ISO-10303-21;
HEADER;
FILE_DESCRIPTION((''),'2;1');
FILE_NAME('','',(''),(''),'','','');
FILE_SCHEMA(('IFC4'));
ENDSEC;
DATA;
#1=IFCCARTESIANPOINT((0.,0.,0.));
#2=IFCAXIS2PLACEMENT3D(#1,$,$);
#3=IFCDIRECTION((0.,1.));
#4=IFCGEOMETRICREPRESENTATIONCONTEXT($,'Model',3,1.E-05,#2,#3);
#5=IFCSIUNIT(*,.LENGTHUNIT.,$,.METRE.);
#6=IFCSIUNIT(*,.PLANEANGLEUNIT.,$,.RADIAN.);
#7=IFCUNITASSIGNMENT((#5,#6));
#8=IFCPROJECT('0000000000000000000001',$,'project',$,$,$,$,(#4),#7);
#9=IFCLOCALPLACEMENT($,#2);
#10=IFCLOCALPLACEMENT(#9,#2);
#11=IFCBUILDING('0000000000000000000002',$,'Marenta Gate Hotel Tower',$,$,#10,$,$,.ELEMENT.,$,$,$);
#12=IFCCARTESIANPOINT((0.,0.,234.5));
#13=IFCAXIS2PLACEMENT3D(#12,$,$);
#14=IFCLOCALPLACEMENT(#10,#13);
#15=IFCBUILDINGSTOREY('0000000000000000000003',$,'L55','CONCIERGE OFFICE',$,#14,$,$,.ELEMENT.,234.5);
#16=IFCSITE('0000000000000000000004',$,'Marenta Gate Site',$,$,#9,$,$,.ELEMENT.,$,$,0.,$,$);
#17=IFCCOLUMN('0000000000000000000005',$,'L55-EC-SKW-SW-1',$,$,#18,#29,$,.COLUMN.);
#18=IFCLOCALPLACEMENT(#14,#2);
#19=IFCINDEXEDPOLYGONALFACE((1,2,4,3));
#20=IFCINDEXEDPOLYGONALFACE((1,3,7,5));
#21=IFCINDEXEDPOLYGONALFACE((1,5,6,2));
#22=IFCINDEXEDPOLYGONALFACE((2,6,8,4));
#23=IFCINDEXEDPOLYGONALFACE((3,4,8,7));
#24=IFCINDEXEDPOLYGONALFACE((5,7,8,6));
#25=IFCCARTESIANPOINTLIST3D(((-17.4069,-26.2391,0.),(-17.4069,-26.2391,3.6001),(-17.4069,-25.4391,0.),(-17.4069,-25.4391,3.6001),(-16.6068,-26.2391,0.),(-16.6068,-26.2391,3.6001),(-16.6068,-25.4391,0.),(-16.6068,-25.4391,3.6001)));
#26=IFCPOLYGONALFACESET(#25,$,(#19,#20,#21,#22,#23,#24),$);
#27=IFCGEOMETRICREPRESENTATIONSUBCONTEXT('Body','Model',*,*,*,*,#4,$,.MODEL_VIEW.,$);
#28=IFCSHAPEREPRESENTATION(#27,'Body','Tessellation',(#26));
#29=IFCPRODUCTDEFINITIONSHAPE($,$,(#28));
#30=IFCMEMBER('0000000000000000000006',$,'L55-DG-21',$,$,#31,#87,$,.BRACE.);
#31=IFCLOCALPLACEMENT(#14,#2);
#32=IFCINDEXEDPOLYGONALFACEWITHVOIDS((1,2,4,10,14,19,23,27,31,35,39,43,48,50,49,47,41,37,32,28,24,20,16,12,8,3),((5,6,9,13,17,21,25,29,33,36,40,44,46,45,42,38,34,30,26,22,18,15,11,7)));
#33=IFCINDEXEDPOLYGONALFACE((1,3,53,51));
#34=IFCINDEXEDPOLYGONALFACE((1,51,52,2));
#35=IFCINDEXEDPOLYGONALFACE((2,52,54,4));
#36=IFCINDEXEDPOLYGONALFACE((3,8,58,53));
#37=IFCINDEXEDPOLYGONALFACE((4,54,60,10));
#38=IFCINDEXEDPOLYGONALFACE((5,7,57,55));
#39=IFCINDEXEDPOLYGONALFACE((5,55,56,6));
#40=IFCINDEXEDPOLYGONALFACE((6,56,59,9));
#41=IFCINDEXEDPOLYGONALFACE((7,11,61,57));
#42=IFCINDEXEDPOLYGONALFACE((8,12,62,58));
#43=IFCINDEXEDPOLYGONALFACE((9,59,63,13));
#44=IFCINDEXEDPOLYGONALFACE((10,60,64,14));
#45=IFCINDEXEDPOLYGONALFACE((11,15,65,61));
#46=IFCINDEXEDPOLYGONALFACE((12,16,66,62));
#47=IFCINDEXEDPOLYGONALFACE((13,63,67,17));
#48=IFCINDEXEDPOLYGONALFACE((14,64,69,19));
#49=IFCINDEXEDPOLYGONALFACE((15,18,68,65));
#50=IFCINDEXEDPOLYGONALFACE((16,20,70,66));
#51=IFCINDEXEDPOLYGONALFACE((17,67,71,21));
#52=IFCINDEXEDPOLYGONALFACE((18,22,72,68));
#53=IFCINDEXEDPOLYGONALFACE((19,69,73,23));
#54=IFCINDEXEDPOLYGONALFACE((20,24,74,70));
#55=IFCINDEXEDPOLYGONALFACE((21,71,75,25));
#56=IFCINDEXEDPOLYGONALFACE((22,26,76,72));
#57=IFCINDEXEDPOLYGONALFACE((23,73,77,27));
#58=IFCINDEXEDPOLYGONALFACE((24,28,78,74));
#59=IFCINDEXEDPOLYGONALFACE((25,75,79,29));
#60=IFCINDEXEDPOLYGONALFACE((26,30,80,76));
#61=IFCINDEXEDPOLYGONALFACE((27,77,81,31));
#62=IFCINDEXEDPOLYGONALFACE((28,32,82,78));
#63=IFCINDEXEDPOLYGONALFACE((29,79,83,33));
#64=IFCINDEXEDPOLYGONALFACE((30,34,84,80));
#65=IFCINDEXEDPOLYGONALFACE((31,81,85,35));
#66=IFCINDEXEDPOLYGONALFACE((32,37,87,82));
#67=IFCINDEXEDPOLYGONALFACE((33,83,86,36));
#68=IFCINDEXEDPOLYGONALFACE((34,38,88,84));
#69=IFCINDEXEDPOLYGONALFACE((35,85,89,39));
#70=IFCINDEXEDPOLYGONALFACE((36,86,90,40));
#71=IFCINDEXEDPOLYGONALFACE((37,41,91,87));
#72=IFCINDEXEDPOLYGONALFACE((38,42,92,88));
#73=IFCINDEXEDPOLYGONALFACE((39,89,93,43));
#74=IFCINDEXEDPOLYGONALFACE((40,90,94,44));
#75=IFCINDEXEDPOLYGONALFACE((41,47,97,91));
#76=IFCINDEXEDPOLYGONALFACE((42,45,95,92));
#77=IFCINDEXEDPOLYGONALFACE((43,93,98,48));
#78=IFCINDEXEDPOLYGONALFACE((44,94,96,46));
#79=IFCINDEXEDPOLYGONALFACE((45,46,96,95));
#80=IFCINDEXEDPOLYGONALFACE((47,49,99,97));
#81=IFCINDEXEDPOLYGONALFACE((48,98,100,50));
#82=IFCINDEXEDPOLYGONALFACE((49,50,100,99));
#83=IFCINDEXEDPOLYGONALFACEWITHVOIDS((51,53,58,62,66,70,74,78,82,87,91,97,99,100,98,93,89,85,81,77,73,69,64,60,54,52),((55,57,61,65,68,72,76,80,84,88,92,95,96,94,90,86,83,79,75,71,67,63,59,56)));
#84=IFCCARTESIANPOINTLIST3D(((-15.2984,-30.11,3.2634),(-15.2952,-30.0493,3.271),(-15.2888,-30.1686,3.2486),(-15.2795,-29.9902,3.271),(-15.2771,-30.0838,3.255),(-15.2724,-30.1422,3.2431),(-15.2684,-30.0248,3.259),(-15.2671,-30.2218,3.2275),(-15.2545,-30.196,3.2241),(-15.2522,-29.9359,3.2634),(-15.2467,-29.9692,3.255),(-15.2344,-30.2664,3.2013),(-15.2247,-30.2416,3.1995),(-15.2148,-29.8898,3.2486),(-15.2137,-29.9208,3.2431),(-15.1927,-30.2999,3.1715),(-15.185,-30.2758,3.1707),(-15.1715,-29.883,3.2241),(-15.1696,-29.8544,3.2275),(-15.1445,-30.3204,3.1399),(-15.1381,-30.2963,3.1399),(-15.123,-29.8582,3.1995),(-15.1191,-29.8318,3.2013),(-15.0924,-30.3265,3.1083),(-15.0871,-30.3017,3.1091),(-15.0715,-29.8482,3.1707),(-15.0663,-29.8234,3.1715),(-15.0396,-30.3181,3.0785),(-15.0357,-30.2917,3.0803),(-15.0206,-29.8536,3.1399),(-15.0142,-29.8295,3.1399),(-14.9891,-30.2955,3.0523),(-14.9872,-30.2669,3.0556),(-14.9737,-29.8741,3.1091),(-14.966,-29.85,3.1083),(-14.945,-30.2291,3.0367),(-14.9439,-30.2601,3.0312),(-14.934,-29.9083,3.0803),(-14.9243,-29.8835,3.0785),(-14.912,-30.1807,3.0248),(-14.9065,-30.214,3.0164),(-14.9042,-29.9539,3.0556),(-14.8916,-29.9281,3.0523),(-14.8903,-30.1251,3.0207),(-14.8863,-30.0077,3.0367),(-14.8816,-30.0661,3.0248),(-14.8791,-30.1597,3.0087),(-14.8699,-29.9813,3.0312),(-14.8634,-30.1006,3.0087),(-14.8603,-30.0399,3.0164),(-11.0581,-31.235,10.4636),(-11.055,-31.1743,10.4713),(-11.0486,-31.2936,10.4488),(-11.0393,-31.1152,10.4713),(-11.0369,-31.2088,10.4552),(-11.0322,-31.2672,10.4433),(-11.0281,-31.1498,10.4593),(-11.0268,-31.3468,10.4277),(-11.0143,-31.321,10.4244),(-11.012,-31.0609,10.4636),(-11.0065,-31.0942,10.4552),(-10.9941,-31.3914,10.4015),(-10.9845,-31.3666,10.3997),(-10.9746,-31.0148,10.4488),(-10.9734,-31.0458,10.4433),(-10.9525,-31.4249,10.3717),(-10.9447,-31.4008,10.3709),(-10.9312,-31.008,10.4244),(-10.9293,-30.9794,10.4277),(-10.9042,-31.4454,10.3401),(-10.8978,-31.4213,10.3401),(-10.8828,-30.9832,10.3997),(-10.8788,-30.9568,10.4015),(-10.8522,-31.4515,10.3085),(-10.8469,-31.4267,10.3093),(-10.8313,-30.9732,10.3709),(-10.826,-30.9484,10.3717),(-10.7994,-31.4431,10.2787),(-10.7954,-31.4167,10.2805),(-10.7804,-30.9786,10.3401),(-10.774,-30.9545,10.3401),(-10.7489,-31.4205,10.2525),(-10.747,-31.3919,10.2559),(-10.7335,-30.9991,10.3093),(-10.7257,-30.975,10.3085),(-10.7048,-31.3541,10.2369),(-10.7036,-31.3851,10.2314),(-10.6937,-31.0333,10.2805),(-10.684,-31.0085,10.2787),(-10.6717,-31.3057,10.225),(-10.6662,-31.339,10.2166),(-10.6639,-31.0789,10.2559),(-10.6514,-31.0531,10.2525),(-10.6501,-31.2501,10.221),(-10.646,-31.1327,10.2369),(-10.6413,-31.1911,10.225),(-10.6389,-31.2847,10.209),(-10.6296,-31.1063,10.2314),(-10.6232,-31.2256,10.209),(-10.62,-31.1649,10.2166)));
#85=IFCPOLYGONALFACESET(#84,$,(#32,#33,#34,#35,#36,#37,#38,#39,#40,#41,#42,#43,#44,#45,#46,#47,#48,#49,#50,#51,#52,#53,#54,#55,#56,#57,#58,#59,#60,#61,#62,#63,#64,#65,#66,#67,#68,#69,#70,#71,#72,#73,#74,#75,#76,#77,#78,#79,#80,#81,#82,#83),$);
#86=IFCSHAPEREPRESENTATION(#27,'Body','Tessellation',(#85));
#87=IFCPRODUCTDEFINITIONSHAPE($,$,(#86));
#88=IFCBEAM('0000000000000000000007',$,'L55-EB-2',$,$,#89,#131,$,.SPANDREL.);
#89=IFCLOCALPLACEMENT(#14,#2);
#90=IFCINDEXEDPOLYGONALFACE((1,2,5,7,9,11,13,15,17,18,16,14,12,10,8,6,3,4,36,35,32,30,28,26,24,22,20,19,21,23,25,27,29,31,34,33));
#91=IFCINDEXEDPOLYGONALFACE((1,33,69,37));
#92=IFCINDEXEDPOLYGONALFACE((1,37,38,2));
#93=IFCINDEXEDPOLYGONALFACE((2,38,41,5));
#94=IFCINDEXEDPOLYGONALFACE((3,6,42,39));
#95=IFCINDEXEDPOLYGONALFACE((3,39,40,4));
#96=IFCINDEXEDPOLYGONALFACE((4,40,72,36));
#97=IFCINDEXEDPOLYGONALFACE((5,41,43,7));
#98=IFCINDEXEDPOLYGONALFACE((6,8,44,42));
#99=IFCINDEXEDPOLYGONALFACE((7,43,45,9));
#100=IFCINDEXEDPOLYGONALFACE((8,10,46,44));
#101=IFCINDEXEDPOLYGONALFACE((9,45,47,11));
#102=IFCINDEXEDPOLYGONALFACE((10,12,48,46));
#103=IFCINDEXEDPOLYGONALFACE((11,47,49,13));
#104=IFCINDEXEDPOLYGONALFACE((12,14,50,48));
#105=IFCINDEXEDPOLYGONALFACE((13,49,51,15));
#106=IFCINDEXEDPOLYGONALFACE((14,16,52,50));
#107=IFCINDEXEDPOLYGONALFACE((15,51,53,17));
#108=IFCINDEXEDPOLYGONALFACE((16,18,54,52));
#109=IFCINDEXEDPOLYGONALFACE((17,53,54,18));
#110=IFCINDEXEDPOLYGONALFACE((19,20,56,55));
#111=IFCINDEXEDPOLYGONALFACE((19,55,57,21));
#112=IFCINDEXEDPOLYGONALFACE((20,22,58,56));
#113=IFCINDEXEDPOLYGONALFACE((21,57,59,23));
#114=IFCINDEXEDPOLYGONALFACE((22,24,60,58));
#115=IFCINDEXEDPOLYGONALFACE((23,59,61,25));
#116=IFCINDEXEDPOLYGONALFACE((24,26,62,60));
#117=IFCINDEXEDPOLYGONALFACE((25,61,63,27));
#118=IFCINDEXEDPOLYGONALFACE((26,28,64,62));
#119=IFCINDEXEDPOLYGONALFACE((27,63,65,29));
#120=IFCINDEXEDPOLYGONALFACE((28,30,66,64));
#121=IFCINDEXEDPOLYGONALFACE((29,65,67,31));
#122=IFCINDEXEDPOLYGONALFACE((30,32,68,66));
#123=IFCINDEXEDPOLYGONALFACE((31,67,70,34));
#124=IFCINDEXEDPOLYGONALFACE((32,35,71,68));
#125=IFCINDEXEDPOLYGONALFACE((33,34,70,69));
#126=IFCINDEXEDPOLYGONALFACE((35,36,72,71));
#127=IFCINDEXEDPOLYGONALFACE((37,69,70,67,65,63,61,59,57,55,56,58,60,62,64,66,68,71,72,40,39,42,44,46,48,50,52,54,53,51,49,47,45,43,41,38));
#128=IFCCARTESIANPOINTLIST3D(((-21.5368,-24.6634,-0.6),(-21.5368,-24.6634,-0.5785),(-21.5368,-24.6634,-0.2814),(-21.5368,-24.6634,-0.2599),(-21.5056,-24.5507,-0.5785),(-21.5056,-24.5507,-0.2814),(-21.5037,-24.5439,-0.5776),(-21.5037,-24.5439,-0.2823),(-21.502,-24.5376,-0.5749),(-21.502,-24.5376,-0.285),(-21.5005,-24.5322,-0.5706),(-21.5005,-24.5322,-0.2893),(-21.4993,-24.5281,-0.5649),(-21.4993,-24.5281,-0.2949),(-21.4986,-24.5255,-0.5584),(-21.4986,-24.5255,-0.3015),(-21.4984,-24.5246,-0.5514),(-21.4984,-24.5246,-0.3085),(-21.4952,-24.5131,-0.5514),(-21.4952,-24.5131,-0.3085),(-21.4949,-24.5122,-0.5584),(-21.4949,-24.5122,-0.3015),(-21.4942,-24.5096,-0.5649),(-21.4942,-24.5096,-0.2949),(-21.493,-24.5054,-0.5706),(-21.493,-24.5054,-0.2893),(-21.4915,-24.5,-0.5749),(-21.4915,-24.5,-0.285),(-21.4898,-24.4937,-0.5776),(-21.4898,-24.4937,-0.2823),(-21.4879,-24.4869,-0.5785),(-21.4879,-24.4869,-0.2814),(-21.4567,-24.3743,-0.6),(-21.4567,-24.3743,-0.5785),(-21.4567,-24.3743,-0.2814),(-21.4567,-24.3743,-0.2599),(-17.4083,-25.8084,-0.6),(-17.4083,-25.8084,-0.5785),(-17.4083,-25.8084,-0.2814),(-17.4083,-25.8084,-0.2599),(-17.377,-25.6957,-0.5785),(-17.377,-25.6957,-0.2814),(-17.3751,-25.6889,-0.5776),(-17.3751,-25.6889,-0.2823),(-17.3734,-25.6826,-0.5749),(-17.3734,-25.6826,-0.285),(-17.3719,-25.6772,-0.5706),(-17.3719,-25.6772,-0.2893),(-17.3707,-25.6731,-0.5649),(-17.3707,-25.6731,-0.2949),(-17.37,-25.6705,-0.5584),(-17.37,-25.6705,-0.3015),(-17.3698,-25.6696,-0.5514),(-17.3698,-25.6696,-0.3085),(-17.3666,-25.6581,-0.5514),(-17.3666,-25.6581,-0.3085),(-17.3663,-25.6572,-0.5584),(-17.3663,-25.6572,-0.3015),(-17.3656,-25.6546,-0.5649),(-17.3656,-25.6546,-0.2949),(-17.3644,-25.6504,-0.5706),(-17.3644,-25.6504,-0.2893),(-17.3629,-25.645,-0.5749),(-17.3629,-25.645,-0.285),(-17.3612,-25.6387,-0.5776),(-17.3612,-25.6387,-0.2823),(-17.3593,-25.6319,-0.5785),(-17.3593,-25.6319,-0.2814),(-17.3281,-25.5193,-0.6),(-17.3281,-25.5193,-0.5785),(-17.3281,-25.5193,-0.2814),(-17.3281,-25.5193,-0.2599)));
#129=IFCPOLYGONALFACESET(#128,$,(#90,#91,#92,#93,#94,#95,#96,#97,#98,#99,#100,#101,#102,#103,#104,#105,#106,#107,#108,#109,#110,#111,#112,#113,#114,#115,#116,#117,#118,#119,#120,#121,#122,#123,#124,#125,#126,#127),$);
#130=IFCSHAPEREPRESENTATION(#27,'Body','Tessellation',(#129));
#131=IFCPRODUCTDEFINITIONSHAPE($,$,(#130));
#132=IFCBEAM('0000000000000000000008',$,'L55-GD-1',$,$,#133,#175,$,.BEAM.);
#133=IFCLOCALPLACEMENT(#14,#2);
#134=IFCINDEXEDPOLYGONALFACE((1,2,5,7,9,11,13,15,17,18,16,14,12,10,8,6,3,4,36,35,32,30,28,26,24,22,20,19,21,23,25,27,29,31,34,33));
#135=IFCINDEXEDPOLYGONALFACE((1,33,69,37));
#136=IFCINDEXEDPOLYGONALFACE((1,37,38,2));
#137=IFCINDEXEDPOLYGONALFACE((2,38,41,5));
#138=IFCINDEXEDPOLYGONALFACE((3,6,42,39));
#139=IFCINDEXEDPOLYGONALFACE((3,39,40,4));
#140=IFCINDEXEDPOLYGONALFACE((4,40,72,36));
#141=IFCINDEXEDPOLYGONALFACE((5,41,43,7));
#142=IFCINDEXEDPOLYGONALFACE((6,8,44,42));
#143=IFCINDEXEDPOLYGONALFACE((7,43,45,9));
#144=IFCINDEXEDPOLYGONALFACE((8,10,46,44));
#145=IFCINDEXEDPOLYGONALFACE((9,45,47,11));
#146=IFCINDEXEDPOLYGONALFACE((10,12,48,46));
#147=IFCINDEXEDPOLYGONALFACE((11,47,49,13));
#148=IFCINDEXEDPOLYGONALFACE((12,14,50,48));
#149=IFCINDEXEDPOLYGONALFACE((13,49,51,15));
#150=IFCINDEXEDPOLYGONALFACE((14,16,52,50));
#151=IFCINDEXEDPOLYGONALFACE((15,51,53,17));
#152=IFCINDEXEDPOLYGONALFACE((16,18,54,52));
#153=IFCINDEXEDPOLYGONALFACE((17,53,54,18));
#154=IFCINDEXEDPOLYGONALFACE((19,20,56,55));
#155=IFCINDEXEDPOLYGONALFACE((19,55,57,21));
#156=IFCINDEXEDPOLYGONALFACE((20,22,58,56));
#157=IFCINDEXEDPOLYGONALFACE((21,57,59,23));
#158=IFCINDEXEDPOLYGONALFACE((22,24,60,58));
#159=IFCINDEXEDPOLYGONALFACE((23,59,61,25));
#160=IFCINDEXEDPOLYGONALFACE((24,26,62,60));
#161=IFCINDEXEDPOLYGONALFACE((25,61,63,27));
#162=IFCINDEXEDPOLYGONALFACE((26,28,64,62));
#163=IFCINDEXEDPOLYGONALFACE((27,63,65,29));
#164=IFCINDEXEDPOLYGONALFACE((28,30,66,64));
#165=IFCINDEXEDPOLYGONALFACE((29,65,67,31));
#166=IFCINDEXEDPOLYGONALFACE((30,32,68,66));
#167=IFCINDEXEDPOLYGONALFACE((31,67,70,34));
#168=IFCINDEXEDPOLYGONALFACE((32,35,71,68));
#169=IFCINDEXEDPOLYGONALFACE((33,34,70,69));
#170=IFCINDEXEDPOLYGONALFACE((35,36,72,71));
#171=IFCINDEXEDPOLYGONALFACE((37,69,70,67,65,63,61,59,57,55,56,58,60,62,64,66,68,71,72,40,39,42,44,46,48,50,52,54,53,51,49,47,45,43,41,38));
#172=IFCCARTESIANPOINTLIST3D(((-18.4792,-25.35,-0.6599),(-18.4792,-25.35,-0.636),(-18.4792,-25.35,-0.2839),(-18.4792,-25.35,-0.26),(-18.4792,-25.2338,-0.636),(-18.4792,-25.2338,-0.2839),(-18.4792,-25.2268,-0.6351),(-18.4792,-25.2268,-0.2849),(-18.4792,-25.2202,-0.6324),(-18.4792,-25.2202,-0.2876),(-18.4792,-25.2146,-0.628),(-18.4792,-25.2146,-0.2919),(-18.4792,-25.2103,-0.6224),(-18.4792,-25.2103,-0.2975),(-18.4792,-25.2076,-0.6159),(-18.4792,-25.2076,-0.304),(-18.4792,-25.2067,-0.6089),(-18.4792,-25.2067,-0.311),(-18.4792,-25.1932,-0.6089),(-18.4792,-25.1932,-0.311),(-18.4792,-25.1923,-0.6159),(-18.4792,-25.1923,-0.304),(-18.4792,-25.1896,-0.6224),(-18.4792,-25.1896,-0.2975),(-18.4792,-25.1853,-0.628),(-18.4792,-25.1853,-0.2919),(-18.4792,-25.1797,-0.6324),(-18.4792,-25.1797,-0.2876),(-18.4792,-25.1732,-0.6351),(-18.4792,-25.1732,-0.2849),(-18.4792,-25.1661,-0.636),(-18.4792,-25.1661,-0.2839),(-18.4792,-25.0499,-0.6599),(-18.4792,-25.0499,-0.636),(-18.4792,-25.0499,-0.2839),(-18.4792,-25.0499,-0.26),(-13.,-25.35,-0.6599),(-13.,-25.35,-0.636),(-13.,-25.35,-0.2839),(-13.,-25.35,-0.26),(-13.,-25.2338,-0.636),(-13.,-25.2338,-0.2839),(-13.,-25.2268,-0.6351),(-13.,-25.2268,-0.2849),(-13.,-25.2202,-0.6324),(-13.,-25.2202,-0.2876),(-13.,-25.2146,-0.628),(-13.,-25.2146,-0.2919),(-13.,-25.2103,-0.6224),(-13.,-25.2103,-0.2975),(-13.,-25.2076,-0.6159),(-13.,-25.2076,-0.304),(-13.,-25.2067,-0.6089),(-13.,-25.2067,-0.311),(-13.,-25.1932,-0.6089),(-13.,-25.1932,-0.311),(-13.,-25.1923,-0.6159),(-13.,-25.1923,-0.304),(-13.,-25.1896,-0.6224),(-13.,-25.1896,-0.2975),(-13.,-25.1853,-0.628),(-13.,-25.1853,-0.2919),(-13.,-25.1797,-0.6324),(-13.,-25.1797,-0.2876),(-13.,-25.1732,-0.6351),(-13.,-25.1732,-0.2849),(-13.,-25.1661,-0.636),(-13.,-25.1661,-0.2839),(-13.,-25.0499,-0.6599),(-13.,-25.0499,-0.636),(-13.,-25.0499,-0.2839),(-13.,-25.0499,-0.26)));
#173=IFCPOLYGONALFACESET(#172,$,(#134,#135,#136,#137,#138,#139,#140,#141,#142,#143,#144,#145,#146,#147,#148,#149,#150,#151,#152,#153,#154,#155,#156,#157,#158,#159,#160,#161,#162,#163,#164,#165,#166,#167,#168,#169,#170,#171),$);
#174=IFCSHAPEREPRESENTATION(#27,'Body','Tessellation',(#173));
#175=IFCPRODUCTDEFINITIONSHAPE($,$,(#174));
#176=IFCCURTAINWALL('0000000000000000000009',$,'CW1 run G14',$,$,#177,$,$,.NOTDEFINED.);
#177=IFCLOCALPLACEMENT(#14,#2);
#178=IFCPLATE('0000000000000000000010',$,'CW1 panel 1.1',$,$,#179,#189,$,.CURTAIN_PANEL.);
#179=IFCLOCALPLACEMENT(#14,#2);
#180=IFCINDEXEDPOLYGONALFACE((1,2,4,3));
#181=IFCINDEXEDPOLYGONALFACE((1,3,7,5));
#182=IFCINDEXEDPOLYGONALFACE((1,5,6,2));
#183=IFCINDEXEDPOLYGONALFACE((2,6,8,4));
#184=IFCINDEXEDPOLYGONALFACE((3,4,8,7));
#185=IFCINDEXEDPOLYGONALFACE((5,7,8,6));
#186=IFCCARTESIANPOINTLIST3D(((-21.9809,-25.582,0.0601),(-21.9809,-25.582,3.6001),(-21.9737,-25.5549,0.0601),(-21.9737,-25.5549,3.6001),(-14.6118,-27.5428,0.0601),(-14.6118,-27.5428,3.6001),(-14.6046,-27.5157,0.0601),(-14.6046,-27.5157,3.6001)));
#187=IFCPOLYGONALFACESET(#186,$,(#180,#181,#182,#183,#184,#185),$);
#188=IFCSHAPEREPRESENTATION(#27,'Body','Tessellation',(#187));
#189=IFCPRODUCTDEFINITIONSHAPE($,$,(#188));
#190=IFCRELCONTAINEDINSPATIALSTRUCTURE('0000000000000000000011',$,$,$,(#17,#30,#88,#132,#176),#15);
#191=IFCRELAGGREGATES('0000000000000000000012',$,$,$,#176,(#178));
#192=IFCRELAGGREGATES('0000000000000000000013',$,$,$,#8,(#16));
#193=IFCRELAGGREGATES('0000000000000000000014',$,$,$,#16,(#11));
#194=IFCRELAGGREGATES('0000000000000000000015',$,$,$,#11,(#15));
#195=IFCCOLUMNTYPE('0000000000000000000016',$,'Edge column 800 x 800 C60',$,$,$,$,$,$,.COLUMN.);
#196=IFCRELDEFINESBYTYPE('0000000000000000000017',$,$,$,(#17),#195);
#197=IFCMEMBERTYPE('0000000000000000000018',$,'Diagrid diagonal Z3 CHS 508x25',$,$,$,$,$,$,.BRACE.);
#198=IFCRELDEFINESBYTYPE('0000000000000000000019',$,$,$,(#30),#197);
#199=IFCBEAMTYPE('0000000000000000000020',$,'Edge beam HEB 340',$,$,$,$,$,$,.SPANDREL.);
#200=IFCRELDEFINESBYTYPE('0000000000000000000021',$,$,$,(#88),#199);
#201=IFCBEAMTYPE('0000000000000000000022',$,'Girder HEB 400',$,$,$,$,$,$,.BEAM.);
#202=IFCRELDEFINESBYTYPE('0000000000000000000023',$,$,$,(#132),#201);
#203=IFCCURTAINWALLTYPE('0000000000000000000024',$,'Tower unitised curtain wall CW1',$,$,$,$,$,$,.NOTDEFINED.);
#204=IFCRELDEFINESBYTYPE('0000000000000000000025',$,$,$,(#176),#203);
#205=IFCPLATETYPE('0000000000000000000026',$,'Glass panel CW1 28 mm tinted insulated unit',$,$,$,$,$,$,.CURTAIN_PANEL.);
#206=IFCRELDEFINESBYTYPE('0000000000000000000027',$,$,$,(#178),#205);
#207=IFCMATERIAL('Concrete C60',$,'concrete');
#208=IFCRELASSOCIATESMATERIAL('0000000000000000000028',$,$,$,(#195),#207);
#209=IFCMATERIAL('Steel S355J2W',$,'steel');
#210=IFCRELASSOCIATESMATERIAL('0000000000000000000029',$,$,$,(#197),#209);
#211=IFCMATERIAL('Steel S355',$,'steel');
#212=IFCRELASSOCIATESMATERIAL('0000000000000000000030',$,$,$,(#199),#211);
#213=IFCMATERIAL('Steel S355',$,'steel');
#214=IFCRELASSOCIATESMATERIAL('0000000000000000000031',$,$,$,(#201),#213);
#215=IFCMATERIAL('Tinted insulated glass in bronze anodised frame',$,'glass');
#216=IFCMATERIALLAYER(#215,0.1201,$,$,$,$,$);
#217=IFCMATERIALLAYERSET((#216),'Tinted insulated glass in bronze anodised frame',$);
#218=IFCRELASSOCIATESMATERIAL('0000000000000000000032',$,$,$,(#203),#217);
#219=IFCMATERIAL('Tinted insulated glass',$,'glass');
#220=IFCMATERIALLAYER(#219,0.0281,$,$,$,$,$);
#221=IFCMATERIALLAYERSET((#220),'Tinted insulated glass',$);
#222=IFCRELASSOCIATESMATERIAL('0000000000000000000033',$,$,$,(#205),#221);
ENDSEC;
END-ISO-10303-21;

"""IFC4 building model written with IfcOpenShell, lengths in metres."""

from ifc_helpers import new_model, si_unit, direction, frame, origin, origin_2d, place, context, subcontext, project, spatial, rectangle, hollow_circle, i_section, extrude, material, layer, layer_set, material_profile, profile_set, type_object, element, aggregate, save


model = new_model("IFC4")

# Units and contexts
model_context = context("Model", 3, precision=1e-05, world=origin(), true_north=direction((0.0, 1.0)))
body_context = subcontext(model_context, "Body", "Model", "MODEL_VIEW")
ifc_project = project(units=[si_unit("LENGTHUNIT", "METRE"), si_unit("PLANEANGLEUNIT", "RADIAN")], contexts=[model_context])

# Site, building, storey
site_placement = place(None, origin())
site = spatial("IfcSite", under=ifc_project, at=site_placement, Name="Marenta Gate Site", CompositionType="ELEMENT", RefElevation=0.0)
building_placement = place(site_placement, origin())
building = spatial("IfcBuilding", under=site, at=building_placement, Name="Marenta Gate Hotel Tower", CompositionType="ELEMENT")
storey_placement = place(building_placement, frame((0.0, 0.0, 234.5)))
storey = spatial("IfcBuildingStorey", under=building, at=storey_placement, Name="L55", Description="CONCIERGE OFFICE", CompositionType="ELEMENT", Elevation=234.5)

# Column
ifc_material_1 = material(Name="Concrete C60", Category="concrete")
ifc_material_profile_1 = material_profile(ifc_material_1, rectangle(XDim=0.8, YDim=0.8, at=origin_2d()), Name="800 x 800")
ifc_profile_set_1 = profile_set([ifc_material_profile_1], Name="Concrete C60")
column_type = type_object("IfcColumnType", Name="Edge column 800 x 800 C60", PredefinedType="COLUMN", material=ifc_profile_set_1)
column_placement = place(storey_placement, frame((-17.0068, -25.8391, 0.0), z_axis=(0.0, 0.0, 1.0), x_axis=(1.0, 0.0, 0.0)))
element("IfcColumn", 1, at=column_placement, inside=storey, type_object=column_type, Name="L55-EC-SKW-SW-1", PredefinedType="COLUMN", context=body_context, shape_type="SweptSolid", body=[
    extrude(rectangle(XDim=0.8, YDim=0.8, at=origin_2d()), origin(), (0.0, 0.0, 1.0), 3.6001),
])

# Member
ifc_material_2 = material(Name="Steel S355J2W", Category="steel")
ifc_material_profile_2 = material_profile(ifc_material_2, hollow_circle(Radius=0.2539, WallThickness=0.0249, at=origin_2d()), Name="CHS 508x25")
ifc_profile_set_2 = profile_set([ifc_material_profile_2], Name="Steel S355J2W")
member_type = type_object("IfcMemberType", Name="Diagrid diagonal Z3 CHS 508x25", PredefinedType="BRACE", material=ifc_profile_set_2)
member_placement = place(storey_placement, frame((-15.0793, -30.075, 3.1399), z_axis=(0.502912, -0.13343, 0.853977), x_axis=(0.256443, 0.966559, 0.0)))
element("IfcMember", 2, at=member_placement, inside=storey, type_object=member_type, Name="L55-DG-21", PredefinedType="BRACE", context=body_context, shape_type="SweptSolid", body=[
    extrude(hollow_circle(Radius=0.2539, WallThickness=0.0249, at=origin_2d()), origin(), (0.0, 0.0, 1.0), 8.4314),
])

# Beams
ifc_material_3 = material(Name="Steel S355", Category="steel")
ifc_material_profile_3 = material_profile(ifc_material_3, i_section(OverallWidth=0.3, OverallDepth=0.3401, WebThickness=0.012, FlangeThickness=0.0215, FilletRadius=0.0271, at=origin_2d()), Name="HEB 340")
ifc_profile_set_3 = profile_set([ifc_material_profile_3], Name="Steel S355")
beam_type_1 = type_object("IfcBeamType", Name="Edge beam HEB 340", PredefinedType="SPANDREL", material=ifc_profile_set_3)
beam_1_placement = place(storey_placement, frame((-17.3682, -25.6638, -0.4299), z_axis=(-0.963628, 0.267247, 0.0), x_axis=(-0.267247, -0.963628, 0.0)))
element("IfcBeam", 3, at=beam_1_placement, inside=storey, type_object=beam_type_1, Name="L55-EB-2", PredefinedType="SPANDREL", context=body_context, shape_type="SweptSolid", body=[
    extrude(i_section(OverallWidth=0.3, OverallDepth=0.3401, WebThickness=0.012, FlangeThickness=0.0215, FilletRadius=0.0271, at=origin_2d()), origin(), (0.0, 0.0, 1.0), 4.2844),
])
ifc_material_4 = material(Name="Steel S355", Category="steel")
ifc_material_profile_4 = material_profile(ifc_material_4, i_section(OverallWidth=0.3, OverallDepth=0.3999, WebThickness=0.0134, FlangeThickness=0.0239, FilletRadius=0.0271, at=origin_2d()), Name="HEB 400")
ifc_profile_set_4 = profile_set([ifc_material_profile_4], Name="Steel S355")
beam_type_2 = type_object("IfcBeamType", Name="Girder HEB 400", PredefinedType="BEAM", material=ifc_profile_set_4)
beam_2_placement = place(storey_placement, frame((-18.4792, -25.2, -0.46), z_axis=(1.0, 0.0, 0.0), x_axis=(0.0, 1.0, 0.0)))
element("IfcBeam", 4, at=beam_2_placement, inside=storey, type_object=beam_type_2, Name="L55-GD-1", PredefinedType="BEAM", context=body_context, shape_type="SweptSolid", body=[
    extrude(i_section(OverallWidth=0.3, OverallDepth=0.3999, WebThickness=0.0134, FlangeThickness=0.0239, FilletRadius=0.0271, at=origin_2d()), origin(), (0.0, 0.0, 1.0), 5.4792),
])

# Curtain wall, plate
ifc_material_5 = material(Name="Tinted insulated glass in bronze anodised frame", Category="glass")
ifc_layer_1 = layer(ifc_material_5, 0.1201)
ifc_layer_set_1 = layer_set([ifc_layer_1], Name="Tinted insulated glass in bronze anodised frame")
curtain_wall_type = type_object("IfcCurtainWallType", Name="Tower unitised curtain wall CW1", PredefinedType="NOTDEFINED", material=ifc_layer_set_1)
curtain_wall_placement = place(storey_placement, origin())
curtain_wall = element("IfcCurtainWall", 5, at=curtain_wall_placement, inside=storey, type_object=curtain_wall_type, Name="CW1 run G14", PredefinedType="NOTDEFINED")
ifc_material_6 = material(Name="Tinted insulated glass", Category="glass")
ifc_layer_2 = layer(ifc_material_6, 0.0281)
ifc_layer_set_2 = layer_set([ifc_layer_2], Name="Tinted insulated glass")
plate_type = type_object("IfcPlateType", Name="Glass panel CW1 28 mm tinted insulated unit", PredefinedType="CURTAIN_PANEL", material=ifc_layer_set_2)
plate_placement = place(storey_placement, frame((-18.2927, -26.5488, 0.0601), z_axis=(0.0, 0.0, 1.0), x_axis=(0.966375, -0.257136, 0.0)))
plate = element("IfcPlate", 6, at=plate_placement, type_object=plate_type, Name="CW1 panel 1.1", PredefinedType="CURTAIN_PANEL", context=body_context, shape_type="SweptSolid", body=[
    extrude(rectangle(XDim=7.6255, YDim=0.0281, at=origin_2d()), origin(), (0.0, 0.0, 1.0), 3.54),
])
aggregate(curtain_wall, [plate])

save(model, "model.ifc")
